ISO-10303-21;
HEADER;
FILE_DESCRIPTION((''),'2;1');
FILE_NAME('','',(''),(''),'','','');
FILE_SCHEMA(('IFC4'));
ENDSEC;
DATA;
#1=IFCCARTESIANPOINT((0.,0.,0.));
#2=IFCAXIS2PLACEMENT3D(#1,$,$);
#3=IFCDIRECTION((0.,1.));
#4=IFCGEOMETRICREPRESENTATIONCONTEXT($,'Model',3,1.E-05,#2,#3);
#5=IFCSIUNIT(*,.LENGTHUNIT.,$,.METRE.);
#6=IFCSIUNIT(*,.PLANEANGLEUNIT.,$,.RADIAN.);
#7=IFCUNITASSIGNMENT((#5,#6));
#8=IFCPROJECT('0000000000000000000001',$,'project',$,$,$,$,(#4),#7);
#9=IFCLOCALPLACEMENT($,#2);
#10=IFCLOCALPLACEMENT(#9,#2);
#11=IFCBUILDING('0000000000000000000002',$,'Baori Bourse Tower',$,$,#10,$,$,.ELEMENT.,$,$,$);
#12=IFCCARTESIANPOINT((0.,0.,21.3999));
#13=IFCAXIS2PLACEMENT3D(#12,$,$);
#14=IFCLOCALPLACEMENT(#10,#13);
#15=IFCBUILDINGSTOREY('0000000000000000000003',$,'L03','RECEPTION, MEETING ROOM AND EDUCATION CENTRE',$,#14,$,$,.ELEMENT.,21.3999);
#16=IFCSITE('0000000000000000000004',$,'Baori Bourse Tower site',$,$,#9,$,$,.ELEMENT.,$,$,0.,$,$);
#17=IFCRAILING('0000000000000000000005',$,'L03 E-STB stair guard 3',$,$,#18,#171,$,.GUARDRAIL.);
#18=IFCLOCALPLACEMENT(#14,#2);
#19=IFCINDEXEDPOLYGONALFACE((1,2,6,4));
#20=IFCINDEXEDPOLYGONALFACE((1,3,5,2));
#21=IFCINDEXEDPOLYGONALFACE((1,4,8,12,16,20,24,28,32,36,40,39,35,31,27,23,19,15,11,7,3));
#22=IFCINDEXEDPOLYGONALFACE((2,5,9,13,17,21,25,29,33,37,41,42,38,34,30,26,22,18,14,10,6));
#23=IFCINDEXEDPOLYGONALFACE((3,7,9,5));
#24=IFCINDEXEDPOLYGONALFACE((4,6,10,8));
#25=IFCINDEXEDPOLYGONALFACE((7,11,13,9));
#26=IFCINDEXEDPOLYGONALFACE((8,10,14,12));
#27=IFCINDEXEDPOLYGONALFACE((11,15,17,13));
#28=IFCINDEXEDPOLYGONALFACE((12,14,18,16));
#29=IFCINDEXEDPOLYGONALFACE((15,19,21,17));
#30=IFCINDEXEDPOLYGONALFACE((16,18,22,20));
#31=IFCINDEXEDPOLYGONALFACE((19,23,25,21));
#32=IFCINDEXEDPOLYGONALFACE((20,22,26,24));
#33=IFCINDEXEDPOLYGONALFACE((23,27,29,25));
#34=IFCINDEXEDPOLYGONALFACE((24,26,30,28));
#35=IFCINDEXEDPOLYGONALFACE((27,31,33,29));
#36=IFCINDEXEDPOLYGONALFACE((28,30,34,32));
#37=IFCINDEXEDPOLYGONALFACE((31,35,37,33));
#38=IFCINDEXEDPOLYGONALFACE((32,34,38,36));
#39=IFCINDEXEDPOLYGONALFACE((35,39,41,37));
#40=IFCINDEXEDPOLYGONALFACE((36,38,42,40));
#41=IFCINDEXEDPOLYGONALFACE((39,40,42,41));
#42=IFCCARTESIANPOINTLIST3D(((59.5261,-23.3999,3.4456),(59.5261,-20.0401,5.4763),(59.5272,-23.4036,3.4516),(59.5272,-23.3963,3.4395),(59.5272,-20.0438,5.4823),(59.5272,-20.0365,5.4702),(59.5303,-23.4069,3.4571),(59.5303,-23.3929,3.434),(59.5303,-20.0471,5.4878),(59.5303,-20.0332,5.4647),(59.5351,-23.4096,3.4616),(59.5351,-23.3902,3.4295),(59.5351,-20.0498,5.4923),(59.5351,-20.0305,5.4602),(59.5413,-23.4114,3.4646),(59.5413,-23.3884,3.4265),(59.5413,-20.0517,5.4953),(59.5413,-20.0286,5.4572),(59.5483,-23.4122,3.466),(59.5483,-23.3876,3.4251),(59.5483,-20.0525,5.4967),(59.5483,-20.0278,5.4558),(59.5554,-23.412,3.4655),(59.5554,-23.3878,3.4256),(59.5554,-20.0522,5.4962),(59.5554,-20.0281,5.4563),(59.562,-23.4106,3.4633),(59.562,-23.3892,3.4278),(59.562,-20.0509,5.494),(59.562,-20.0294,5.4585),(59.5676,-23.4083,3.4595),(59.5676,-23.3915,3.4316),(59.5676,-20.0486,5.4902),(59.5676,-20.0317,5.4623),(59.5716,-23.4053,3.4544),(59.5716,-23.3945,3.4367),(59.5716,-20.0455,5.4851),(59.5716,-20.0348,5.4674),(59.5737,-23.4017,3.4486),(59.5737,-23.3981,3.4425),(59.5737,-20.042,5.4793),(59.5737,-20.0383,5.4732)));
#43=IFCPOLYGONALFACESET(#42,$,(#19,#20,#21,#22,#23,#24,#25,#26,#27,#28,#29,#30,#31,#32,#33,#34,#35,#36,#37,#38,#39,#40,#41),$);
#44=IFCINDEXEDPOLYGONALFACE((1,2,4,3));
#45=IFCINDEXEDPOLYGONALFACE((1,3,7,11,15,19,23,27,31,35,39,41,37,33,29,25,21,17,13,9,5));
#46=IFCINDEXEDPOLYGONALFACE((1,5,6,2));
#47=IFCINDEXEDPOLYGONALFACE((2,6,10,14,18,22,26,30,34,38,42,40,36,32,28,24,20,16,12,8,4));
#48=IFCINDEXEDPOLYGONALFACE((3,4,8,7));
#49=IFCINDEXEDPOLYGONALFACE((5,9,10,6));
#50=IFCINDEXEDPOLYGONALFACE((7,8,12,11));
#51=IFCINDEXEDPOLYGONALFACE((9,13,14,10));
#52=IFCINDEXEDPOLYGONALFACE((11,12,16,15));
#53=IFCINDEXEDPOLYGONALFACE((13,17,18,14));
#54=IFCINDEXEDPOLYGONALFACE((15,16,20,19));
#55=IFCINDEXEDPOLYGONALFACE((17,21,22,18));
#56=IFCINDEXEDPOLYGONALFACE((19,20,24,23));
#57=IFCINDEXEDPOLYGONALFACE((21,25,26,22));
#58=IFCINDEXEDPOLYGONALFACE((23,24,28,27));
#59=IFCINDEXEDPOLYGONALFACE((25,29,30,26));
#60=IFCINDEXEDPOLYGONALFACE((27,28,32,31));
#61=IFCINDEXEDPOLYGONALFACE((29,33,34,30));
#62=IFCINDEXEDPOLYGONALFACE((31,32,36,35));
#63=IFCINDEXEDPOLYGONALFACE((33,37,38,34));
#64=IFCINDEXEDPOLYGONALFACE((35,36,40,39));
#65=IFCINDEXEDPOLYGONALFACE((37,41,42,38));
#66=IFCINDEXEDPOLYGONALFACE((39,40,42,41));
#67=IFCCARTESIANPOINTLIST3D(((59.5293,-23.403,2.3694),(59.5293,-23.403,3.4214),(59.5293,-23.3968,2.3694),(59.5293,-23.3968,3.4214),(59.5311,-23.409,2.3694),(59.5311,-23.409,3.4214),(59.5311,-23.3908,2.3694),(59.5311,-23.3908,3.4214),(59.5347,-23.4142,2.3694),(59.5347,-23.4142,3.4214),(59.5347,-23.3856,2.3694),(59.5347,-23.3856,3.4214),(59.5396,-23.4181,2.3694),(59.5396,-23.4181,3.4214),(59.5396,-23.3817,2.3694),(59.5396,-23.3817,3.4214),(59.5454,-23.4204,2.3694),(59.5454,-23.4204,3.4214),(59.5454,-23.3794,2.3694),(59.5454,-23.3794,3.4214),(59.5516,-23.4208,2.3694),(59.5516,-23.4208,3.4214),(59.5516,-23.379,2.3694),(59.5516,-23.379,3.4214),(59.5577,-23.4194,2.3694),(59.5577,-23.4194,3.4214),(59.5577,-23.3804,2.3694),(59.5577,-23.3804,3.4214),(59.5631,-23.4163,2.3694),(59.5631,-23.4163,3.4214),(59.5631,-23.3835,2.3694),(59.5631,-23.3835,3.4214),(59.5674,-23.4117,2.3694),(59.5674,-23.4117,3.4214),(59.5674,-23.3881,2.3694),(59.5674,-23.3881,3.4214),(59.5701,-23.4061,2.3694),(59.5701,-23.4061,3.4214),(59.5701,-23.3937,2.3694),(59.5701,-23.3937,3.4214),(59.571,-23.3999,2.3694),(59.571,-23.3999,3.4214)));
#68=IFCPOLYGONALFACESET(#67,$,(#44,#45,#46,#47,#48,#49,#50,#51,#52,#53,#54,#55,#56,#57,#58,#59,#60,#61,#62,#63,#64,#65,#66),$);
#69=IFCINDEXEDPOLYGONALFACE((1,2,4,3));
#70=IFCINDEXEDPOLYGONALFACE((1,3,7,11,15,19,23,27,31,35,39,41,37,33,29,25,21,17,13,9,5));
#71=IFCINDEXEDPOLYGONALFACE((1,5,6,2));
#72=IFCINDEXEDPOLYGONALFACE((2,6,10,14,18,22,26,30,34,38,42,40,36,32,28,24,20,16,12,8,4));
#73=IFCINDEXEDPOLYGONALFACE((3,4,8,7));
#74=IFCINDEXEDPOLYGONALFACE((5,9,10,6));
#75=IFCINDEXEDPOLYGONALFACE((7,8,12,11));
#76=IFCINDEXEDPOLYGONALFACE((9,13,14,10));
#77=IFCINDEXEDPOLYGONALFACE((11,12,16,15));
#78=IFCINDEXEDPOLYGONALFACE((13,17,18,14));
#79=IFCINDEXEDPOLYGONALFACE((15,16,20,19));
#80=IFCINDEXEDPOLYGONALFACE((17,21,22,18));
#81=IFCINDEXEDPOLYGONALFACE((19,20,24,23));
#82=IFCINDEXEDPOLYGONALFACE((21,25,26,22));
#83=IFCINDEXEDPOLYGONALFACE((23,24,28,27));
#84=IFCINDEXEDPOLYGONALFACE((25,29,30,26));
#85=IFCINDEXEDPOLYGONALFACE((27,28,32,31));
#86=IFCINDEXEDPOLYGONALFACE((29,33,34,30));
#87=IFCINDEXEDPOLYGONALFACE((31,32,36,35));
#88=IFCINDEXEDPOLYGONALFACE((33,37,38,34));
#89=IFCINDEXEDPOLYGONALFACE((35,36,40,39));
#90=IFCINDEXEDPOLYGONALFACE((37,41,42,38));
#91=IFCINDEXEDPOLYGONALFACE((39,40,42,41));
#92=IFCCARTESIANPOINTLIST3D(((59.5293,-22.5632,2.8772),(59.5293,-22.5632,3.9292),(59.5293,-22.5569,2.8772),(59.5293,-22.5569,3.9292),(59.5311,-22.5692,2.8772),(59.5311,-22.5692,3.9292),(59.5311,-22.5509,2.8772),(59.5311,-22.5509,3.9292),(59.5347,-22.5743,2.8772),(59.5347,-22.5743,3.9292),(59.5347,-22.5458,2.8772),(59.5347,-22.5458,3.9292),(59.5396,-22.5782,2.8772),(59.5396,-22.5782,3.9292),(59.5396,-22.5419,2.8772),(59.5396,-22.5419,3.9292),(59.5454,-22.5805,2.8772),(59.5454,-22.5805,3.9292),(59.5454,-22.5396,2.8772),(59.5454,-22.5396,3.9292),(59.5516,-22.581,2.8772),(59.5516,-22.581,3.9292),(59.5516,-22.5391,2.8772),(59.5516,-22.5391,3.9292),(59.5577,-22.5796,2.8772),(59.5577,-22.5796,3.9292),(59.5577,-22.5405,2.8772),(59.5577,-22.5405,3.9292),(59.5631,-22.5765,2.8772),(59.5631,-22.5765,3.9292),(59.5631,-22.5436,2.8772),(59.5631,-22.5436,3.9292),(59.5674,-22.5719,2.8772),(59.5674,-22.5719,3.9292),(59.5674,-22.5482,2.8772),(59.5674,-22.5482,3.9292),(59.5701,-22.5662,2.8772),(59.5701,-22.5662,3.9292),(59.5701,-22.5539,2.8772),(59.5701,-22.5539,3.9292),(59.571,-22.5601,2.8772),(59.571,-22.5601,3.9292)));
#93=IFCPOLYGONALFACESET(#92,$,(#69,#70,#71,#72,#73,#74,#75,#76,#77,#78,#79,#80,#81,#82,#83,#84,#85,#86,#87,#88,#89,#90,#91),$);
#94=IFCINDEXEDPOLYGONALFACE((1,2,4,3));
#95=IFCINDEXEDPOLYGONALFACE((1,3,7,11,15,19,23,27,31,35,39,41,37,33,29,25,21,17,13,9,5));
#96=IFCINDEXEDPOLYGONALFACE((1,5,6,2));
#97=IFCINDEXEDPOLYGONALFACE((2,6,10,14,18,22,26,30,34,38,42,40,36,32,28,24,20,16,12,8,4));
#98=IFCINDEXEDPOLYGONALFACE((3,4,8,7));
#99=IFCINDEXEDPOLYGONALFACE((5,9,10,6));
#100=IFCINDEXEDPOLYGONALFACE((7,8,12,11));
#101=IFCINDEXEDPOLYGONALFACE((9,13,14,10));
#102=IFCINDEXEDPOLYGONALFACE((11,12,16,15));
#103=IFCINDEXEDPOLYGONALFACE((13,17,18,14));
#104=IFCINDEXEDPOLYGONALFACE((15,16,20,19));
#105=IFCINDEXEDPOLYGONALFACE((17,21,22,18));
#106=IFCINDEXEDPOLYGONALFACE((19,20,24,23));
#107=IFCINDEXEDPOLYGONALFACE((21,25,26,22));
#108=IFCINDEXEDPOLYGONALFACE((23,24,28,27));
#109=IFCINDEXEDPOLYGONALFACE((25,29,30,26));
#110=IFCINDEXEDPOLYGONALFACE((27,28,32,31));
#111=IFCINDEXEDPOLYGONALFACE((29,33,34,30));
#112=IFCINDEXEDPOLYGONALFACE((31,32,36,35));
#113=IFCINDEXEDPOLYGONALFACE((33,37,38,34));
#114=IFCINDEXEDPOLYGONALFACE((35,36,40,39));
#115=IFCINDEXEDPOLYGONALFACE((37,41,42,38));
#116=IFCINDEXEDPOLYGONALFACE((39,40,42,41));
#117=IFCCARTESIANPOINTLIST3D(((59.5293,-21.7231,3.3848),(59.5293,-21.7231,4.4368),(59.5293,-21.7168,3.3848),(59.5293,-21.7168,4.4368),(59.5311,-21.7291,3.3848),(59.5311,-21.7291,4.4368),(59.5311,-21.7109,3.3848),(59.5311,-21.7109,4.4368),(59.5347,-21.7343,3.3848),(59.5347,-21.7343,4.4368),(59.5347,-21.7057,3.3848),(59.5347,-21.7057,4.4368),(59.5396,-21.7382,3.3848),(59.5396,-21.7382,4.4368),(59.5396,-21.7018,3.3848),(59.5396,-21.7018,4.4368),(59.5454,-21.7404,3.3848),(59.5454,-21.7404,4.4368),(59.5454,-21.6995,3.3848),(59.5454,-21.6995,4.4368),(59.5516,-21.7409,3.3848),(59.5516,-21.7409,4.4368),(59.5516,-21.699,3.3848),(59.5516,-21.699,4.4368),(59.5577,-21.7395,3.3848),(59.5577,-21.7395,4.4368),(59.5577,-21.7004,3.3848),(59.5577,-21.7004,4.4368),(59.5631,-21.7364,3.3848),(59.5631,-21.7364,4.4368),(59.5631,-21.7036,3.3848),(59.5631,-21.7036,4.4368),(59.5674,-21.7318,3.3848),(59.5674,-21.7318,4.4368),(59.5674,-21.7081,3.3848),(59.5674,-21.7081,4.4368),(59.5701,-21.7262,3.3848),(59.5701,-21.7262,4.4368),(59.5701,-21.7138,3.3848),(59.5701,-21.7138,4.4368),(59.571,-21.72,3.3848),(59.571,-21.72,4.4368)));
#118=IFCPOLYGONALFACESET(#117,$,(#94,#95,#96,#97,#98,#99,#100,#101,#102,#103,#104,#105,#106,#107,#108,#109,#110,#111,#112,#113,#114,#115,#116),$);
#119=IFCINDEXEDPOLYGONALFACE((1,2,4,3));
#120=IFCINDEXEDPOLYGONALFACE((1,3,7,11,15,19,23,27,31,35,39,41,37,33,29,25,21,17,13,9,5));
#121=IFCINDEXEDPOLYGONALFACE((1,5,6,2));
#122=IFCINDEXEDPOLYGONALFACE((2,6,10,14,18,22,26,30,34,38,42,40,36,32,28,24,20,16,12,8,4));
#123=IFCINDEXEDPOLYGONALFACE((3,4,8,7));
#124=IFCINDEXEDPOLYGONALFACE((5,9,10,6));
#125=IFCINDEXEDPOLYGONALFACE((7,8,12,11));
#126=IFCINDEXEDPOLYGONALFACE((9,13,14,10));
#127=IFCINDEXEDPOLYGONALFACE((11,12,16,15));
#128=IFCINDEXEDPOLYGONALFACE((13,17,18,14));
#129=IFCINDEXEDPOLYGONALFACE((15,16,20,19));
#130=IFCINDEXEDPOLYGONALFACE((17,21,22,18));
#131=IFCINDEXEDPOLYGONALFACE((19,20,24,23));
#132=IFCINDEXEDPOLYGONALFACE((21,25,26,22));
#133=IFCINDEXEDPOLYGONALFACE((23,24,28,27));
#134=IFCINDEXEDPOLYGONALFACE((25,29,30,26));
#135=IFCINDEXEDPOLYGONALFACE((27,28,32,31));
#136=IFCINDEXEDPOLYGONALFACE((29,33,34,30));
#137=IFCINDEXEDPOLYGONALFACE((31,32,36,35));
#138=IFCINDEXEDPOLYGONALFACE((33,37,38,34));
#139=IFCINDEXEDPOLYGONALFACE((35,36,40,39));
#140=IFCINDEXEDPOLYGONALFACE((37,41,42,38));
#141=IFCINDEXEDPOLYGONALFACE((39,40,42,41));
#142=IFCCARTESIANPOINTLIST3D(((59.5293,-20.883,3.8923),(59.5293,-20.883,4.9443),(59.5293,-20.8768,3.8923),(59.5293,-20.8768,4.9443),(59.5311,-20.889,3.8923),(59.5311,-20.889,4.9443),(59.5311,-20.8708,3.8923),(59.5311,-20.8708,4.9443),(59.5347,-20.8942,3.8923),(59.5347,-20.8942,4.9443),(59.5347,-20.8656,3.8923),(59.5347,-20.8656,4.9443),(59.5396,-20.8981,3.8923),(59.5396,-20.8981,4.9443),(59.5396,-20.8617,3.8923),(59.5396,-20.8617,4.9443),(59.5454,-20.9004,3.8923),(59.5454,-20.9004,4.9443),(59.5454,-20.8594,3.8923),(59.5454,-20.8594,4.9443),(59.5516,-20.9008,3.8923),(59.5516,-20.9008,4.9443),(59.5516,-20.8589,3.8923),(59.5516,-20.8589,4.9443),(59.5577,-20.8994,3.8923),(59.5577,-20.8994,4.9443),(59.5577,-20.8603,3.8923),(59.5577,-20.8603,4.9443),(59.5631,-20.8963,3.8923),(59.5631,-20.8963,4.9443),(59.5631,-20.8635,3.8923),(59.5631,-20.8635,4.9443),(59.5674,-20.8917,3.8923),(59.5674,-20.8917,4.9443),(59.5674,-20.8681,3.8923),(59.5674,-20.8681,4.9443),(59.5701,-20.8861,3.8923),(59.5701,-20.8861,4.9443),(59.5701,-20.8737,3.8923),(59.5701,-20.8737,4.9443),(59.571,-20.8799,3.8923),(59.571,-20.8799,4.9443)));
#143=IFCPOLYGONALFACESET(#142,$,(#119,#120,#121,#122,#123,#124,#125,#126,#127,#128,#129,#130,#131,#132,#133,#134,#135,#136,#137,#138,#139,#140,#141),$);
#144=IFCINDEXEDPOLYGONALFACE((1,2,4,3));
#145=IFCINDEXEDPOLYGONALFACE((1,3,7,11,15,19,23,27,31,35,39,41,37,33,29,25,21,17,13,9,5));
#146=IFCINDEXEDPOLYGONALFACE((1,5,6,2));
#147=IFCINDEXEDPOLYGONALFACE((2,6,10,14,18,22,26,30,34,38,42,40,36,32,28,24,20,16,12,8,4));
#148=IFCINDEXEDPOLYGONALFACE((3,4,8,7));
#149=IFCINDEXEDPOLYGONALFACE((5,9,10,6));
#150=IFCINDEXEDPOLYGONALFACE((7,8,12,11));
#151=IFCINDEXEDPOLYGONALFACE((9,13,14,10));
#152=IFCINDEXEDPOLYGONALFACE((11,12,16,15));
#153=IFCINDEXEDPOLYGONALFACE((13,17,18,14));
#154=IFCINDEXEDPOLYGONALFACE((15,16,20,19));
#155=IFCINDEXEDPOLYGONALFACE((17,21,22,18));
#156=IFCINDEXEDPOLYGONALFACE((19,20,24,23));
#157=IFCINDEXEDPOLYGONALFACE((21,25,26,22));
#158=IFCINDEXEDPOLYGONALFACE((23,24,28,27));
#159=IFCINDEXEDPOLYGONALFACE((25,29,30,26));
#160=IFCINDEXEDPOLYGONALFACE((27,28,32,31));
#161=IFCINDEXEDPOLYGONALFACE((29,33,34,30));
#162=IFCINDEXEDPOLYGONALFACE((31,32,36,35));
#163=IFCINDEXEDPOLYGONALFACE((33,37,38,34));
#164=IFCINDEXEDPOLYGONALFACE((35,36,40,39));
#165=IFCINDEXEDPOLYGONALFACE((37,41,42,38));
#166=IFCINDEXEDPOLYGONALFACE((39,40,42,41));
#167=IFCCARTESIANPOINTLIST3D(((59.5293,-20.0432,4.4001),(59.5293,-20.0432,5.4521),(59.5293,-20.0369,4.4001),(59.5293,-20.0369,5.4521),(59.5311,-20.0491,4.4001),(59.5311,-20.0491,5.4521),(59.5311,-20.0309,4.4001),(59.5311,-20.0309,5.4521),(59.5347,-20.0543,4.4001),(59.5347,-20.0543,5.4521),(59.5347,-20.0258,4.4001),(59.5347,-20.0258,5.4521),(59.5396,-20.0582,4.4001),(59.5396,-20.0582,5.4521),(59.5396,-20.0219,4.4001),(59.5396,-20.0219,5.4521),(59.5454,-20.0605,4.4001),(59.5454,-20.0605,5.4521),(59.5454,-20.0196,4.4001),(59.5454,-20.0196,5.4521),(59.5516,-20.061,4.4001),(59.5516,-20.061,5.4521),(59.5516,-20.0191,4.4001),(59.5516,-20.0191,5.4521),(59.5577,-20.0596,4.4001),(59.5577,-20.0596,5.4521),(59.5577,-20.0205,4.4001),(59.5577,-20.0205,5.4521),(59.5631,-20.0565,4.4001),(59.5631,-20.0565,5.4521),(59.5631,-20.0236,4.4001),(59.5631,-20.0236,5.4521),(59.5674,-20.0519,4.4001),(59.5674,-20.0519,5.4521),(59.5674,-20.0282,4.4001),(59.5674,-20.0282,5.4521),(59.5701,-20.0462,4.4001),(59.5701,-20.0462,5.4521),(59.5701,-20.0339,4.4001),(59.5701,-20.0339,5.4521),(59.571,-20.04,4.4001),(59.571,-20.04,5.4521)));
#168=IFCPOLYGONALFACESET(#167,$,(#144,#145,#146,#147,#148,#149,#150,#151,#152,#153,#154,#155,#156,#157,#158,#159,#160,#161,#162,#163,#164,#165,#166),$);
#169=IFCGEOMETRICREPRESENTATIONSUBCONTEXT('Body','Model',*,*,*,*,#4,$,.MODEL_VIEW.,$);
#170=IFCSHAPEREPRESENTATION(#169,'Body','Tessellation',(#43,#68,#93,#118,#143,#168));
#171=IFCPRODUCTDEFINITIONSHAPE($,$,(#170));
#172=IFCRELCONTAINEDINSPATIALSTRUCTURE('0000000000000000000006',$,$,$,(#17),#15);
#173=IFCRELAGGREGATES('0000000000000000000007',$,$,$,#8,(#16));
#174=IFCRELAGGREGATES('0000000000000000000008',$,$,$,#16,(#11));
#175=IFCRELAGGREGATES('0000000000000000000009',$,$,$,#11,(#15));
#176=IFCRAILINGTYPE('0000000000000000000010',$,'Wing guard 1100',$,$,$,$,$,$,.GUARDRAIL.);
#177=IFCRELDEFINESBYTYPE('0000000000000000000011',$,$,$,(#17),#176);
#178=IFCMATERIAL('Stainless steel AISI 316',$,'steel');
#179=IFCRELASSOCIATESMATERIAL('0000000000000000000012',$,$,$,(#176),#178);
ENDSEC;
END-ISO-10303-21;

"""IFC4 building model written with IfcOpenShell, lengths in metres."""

from ifc_helpers import new_model, si_unit, direction, frame, origin, origin_2d, place, context, subcontext, project, spatial, circle, extrude, material, type_object, element, save


model = new_model("IFC4")

# Units and contexts
model_context = context("Model", 3, precision=1e-05, world=origin(), true_north=direction((0.0, 1.0)))
body_context = subcontext(model_context, "Body", "Model", "MODEL_VIEW")
ifc_project = project(units=[si_unit("LENGTHUNIT", "METRE"), si_unit("PLANEANGLEUNIT", "RADIAN")], contexts=[model_context])

# Site, building, storey
site_placement = place(None, origin())
site = spatial("IfcSite", under=ifc_project, at=site_placement, Name="Baori Bourse Tower site", CompositionType="ELEMENT", RefElevation=0.0)
building_placement = place(site_placement, origin())
building = spatial("IfcBuilding", under=site, at=building_placement, Name="Baori Bourse Tower", CompositionType="ELEMENT")
storey_placement = place(building_placement, frame((0.0, 0.0, 21.3999)))
storey = spatial("IfcBuildingStorey", under=building, at=storey_placement, Name="L03", Description="RECEPTION, MEETING ROOM AND EDUCATION CENTRE", CompositionType="ELEMENT", Elevation=21.3999)

# Railing
ifc_material_1 = material(Name="Stainless steel AISI 316", Category="steel")
railing_type_1 = type_object("IfcRailingType", Name="Wing guard 1100", PredefinedType="GUARDRAIL", material=ifc_material_1)
railing_1_placement = place(storey_placement, frame((59.55, -23.3999, 2.3694)))
element("IfcRailing", 1, at=railing_1_placement, inside=storey, type_object=railing_type_1, Name="L03 E-STB stair guard 3", PredefinedType="GUARDRAIL", context=body_context, shape_type="SweptSolid", body=[
    extrude(circle(Radius=0.0239, at=origin_2d()), frame((0.0, 0.0, 1.0762), z_axis=(0.0, 0.85582, 0.517273), x_axis=(-1.0, 0.0, 0.0)), (0.0, 0.0, 1.0), 3.9258),
    extrude(circle(Radius=0.021, at=origin_2d()), origin(), (0.0, 0.0, 1.0), 1.052),
    extrude(circle(Radius=0.021, at=origin_2d()), frame((0.0, 0.8398, 0.5078)), (0.0, 0.0, 1.0), 1.052),
    extrude(circle(Radius=0.021, at=origin_2d()), frame((0.0, 1.6799, 1.0154)), (0.0, 0.0, 1.0), 1.052),
    extrude(circle(Radius=0.021, at=origin_2d()), frame((0.0, 2.52, 1.5229)), (0.0, 0.0, 1.0), 1.052),
    extrude(circle(Radius=0.021, at=origin_2d()), frame((0.0, 3.3599, 2.0308)), (0.0, 0.0, 1.0), 1.052),
])

save(model, "model.ifc")
